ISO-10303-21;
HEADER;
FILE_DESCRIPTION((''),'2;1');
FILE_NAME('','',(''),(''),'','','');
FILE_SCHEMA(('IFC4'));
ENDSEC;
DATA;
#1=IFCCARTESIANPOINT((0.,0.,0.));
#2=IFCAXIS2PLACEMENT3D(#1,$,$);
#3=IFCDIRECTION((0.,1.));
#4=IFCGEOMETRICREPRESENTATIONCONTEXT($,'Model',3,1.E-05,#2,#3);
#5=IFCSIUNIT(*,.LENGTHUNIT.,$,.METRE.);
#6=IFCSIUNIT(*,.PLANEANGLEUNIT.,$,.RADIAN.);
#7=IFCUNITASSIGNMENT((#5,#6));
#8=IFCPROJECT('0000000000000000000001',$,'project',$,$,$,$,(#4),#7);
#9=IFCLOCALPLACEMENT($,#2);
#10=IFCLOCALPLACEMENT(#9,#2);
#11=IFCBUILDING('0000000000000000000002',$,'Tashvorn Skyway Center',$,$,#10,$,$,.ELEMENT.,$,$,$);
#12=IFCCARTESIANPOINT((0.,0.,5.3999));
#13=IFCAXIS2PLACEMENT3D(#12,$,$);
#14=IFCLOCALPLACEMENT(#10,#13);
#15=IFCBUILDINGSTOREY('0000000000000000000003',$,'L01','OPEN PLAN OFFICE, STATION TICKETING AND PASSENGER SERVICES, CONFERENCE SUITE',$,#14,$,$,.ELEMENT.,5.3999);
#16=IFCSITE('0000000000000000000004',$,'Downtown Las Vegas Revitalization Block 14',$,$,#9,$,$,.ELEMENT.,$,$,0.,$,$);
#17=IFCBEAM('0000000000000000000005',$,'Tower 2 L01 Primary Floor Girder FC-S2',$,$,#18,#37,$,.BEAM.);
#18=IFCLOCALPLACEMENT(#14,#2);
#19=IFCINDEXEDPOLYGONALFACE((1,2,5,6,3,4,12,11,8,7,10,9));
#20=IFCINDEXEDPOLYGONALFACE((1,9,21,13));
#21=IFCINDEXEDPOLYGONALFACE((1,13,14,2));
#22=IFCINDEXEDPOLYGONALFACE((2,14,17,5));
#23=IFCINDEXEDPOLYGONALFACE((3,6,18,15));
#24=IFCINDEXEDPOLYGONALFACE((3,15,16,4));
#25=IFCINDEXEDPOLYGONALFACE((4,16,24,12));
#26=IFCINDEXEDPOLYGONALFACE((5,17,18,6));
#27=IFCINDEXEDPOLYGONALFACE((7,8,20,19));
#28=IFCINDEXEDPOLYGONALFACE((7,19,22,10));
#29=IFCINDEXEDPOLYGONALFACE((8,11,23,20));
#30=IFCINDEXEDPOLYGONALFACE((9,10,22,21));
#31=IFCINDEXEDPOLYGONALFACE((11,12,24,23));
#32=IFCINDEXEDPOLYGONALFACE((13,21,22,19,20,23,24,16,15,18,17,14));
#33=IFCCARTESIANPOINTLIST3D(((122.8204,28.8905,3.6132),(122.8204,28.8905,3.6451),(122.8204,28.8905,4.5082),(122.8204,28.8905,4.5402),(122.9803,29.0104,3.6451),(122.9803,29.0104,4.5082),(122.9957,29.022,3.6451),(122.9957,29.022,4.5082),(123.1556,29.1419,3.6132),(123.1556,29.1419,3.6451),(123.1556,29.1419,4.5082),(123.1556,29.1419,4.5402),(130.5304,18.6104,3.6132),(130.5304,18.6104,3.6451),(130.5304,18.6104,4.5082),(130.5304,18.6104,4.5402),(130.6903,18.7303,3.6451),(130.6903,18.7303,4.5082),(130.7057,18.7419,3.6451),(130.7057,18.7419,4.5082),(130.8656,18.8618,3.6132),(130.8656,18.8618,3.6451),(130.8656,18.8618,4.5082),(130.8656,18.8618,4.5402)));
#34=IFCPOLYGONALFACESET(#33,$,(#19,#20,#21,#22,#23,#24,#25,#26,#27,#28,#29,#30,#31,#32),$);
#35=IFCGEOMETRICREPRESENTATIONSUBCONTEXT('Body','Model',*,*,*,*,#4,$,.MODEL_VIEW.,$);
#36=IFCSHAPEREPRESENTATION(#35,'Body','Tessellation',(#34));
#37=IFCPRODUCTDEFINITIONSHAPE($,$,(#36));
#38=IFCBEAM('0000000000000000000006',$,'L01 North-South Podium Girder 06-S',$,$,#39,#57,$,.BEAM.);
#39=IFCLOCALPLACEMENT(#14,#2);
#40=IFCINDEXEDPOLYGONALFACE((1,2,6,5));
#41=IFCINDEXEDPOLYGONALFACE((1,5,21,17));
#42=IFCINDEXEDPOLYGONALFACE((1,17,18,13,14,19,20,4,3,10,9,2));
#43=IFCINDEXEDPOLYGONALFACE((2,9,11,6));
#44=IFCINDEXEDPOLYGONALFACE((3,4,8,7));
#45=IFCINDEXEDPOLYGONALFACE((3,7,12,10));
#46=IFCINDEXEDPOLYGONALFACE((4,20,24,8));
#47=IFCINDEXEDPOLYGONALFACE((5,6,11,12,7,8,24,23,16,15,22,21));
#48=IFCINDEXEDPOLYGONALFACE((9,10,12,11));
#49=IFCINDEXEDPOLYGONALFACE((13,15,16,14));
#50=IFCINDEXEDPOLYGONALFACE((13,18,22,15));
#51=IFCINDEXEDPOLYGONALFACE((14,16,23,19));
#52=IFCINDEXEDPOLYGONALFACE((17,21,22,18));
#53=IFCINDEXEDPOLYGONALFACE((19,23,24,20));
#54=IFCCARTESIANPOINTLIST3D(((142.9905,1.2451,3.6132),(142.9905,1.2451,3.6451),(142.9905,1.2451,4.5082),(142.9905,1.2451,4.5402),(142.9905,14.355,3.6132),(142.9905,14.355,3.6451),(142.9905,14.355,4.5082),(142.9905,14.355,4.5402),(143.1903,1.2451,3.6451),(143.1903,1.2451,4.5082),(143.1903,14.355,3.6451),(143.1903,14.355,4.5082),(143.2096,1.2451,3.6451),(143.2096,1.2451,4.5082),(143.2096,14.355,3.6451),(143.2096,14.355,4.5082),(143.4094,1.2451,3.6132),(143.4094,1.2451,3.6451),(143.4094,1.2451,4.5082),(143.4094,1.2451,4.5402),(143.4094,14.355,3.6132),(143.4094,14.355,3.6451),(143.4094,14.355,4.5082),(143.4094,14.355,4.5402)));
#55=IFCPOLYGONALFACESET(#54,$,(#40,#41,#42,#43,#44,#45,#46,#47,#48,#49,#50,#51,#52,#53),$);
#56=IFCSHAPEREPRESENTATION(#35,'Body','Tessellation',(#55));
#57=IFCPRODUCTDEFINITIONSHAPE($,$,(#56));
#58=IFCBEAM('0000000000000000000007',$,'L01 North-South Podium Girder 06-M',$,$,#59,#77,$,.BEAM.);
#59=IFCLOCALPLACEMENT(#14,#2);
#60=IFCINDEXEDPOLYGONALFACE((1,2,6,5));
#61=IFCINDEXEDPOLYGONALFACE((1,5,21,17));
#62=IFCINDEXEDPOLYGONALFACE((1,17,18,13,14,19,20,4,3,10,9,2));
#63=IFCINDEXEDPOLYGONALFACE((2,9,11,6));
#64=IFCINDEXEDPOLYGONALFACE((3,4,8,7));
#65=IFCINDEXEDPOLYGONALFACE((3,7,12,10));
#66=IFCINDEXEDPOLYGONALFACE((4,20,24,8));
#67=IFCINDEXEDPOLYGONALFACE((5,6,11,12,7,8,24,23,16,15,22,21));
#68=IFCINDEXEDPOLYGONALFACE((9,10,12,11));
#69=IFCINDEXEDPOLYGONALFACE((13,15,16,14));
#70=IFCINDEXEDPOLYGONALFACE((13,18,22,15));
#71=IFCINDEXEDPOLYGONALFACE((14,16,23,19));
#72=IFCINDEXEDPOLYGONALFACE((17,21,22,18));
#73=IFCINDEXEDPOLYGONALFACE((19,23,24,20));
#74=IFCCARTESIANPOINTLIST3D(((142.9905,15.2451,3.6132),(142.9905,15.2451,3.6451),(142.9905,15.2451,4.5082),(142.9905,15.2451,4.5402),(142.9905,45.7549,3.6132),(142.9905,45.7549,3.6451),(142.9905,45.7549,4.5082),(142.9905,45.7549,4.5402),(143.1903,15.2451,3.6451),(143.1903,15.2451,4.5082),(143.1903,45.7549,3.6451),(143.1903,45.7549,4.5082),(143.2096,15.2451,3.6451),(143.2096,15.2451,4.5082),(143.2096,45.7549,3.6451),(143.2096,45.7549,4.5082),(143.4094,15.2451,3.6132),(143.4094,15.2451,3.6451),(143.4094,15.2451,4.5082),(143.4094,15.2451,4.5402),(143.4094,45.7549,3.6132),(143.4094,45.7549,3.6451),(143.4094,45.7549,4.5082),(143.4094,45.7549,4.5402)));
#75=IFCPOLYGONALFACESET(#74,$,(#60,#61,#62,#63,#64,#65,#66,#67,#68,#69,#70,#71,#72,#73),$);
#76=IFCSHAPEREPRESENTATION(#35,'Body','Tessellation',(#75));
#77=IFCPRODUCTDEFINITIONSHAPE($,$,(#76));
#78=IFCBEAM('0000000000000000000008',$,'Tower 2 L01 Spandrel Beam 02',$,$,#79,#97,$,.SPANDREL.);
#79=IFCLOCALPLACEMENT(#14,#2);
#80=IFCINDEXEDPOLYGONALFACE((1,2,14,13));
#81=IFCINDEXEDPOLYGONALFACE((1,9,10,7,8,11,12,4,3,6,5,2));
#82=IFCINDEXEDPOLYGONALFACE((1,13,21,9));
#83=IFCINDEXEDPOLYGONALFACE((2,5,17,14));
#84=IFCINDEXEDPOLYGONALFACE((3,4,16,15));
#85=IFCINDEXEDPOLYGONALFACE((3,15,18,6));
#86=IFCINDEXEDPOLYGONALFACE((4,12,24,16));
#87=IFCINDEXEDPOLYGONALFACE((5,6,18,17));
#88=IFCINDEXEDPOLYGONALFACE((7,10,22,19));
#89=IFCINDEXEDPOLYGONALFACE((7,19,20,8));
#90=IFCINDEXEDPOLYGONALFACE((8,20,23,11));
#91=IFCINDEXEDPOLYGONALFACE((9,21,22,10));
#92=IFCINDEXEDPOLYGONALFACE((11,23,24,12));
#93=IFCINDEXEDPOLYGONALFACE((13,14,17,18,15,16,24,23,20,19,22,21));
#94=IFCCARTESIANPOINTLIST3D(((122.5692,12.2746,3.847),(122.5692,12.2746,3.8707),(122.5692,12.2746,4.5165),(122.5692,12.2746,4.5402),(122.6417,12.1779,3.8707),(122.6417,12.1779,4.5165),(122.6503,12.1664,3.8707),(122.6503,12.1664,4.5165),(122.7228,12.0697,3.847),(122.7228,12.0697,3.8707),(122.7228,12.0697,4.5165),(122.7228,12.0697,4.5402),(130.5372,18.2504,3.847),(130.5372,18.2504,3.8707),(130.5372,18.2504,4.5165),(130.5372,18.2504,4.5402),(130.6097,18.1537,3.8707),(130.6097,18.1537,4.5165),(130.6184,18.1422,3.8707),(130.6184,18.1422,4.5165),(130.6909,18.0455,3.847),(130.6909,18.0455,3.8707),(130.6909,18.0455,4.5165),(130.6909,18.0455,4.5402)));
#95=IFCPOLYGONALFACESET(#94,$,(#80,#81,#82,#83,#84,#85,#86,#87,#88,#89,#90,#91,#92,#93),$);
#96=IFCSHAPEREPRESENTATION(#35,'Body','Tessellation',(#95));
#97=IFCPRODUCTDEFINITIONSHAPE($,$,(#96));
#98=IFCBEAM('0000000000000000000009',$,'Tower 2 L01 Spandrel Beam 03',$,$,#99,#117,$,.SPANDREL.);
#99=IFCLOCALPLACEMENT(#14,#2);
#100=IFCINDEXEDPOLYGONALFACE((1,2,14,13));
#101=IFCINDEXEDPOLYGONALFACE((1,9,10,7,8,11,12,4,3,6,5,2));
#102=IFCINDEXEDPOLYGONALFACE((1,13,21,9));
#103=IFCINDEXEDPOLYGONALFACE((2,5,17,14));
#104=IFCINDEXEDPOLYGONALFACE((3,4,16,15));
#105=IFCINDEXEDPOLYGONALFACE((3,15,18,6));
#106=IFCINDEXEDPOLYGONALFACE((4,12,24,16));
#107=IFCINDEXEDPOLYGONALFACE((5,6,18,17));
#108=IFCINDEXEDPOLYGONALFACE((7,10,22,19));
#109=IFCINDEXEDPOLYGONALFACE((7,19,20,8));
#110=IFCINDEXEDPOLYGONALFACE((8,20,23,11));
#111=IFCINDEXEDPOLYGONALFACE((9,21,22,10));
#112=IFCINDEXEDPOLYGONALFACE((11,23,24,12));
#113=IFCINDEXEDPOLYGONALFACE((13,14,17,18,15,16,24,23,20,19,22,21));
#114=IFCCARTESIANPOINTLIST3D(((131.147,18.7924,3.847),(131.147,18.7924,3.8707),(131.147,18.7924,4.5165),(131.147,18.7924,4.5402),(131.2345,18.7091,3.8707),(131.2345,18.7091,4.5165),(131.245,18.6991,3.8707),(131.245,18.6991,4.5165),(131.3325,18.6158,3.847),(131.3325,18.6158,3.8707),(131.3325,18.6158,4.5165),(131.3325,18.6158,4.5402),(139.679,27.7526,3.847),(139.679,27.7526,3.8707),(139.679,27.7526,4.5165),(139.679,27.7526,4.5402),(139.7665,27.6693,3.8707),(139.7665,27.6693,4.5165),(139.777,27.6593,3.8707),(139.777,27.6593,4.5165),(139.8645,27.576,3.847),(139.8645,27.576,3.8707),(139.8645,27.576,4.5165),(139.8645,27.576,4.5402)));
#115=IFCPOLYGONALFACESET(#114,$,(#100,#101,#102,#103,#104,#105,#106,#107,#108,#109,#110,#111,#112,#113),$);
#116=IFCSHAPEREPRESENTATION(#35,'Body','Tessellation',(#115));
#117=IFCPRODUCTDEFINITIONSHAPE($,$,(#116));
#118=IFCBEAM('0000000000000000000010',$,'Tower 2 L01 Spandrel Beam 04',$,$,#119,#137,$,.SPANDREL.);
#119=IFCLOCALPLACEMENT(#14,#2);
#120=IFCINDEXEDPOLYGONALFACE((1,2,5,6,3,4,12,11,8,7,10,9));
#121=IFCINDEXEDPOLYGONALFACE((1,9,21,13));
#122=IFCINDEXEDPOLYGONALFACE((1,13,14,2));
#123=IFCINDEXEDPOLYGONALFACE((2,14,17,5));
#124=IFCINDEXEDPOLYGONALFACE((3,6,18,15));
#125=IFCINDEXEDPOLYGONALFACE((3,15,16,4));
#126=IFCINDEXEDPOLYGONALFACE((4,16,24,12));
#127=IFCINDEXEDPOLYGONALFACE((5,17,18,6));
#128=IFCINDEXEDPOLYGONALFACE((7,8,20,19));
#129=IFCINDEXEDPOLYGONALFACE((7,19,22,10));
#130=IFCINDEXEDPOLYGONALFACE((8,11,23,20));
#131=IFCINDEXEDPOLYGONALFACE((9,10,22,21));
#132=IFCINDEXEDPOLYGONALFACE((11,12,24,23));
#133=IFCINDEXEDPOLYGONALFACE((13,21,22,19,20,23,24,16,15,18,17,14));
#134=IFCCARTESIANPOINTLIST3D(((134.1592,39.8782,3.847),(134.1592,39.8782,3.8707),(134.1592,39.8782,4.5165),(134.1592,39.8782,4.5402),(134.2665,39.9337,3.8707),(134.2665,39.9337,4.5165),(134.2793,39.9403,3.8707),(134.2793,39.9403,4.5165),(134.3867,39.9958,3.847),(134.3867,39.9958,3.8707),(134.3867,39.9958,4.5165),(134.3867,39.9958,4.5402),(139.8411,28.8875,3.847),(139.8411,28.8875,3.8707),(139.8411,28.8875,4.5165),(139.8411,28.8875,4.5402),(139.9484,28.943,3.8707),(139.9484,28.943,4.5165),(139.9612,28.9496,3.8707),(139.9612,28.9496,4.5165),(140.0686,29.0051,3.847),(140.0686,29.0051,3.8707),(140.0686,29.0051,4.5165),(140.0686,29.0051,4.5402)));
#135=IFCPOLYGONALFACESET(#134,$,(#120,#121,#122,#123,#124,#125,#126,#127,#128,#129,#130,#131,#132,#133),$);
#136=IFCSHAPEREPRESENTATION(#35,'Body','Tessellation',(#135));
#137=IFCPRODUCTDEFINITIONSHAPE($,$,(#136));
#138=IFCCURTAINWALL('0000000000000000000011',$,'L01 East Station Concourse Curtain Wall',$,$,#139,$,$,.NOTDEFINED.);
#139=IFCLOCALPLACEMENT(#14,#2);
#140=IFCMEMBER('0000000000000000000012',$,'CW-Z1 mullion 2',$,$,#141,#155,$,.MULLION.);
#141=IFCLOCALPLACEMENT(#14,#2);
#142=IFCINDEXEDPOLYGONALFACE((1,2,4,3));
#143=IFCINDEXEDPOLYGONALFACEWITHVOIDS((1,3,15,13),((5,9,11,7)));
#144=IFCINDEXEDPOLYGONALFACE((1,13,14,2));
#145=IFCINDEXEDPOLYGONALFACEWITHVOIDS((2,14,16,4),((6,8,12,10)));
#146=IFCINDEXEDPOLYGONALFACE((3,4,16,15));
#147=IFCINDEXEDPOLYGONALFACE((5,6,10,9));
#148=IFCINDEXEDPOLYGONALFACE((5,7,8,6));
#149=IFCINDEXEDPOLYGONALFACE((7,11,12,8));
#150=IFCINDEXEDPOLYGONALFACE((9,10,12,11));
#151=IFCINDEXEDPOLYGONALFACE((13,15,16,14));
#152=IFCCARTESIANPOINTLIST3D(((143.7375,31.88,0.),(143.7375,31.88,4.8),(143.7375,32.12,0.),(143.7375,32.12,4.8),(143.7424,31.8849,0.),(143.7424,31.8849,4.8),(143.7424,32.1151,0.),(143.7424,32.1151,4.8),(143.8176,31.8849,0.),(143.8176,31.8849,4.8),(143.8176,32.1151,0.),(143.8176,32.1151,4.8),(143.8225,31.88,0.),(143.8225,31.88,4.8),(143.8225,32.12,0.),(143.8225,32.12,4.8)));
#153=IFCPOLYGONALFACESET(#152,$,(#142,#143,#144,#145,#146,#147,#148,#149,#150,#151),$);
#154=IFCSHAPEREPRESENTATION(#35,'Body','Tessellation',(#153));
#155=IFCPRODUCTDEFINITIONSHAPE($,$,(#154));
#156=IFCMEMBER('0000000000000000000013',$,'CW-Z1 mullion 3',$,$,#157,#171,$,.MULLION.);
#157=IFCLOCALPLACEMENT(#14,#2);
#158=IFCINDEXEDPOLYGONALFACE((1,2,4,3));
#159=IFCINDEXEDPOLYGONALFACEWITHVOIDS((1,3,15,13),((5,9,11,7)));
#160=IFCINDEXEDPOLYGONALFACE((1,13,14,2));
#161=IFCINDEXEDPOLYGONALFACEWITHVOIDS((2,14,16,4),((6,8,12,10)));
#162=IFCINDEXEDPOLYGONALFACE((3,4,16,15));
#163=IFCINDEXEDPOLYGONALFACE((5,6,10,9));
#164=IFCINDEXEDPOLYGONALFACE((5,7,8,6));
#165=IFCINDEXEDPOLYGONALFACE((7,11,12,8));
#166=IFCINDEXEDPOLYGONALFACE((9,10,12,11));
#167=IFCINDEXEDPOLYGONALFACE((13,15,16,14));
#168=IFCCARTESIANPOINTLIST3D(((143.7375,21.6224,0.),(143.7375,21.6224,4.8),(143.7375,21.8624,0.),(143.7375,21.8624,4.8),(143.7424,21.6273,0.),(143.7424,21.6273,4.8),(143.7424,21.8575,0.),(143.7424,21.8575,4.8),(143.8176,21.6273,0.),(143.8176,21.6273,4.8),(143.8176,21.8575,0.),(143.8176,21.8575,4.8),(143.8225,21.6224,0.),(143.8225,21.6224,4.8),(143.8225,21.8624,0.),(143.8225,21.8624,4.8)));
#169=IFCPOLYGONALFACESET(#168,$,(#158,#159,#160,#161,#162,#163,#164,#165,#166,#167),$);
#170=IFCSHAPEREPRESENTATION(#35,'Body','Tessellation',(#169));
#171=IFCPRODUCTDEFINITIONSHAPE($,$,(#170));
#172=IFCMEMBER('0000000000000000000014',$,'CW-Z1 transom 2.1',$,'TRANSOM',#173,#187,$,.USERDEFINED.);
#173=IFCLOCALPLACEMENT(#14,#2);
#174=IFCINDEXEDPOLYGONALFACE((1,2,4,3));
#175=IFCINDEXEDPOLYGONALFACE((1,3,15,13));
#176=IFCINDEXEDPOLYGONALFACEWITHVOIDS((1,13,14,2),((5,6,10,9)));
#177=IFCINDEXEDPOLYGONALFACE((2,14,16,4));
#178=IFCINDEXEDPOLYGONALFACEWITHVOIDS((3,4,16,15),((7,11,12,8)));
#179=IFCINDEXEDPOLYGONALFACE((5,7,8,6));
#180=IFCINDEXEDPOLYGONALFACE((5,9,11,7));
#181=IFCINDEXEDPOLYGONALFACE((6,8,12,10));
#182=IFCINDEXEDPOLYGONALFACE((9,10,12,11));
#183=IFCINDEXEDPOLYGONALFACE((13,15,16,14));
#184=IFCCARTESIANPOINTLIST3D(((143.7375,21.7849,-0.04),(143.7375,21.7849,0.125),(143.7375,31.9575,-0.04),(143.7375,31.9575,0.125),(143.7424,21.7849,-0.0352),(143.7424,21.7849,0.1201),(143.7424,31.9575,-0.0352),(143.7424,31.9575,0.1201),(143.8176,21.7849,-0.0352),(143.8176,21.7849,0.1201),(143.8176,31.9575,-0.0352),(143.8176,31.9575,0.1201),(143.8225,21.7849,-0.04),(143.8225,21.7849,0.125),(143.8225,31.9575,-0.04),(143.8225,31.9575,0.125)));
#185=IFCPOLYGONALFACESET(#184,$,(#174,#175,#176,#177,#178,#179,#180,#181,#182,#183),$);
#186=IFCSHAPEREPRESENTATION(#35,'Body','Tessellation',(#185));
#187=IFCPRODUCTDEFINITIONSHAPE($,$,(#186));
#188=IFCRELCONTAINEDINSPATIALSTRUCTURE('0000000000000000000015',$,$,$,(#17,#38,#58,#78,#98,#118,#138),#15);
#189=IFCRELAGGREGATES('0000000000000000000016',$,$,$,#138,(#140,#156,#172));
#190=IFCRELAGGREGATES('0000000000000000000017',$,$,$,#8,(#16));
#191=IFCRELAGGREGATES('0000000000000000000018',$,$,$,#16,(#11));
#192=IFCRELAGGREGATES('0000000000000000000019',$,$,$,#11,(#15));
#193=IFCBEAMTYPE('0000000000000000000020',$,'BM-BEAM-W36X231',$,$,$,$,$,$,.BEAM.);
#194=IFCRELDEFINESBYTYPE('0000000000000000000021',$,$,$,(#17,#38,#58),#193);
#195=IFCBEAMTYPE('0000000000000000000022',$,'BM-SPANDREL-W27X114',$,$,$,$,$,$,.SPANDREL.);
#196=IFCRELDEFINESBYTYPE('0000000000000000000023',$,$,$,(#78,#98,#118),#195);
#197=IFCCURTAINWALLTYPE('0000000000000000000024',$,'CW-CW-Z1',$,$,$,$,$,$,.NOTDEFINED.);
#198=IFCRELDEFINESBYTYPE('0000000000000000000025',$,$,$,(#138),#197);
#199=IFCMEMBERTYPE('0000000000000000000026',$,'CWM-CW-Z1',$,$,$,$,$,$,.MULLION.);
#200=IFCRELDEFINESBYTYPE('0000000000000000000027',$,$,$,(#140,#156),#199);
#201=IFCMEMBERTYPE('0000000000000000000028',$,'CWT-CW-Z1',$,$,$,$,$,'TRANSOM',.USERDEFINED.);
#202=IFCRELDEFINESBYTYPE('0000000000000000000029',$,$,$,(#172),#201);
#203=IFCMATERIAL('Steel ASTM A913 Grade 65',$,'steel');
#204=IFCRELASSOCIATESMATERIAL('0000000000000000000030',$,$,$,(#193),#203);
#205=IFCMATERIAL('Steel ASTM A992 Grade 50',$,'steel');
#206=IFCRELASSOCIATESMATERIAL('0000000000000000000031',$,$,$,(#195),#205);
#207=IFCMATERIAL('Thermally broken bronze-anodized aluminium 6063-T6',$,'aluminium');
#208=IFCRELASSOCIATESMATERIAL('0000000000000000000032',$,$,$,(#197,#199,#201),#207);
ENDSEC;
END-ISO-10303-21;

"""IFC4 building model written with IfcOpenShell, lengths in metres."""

from ifc_helpers import new_model, si_unit, direction, frame, origin, origin_2d, place, context, subcontext, project, spatial, hollow_rectangle, i_section, extrude, material, material_profile, profile_set, type_object, element, aggregate, save


model = new_model("IFC4")

# Units and contexts
model_context = context("Model", 3, precision=1e-05, world=origin(), true_north=direction((0.0, 1.0)))
body_context = subcontext(model_context, "Body", "Model", "MODEL_VIEW")
ifc_project = project(units=[si_unit("LENGTHUNIT", "METRE"), si_unit("PLANEANGLEUNIT", "RADIAN")], contexts=[model_context])

# Site, building, storey
site_placement = place(None, origin())
site = spatial("IfcSite", under=ifc_project, at=site_placement, Name="Downtown Las Vegas Revitalization Block 14", CompositionType="ELEMENT", RefElevation=0.0)
building_placement = place(site_placement, origin())
building = spatial("IfcBuilding", under=site, at=building_placement, Name="Tashvorn Skyway Center", CompositionType="ELEMENT")
storey_placement = place(building_placement, frame((0.0, 0.0, 5.3999)))
storey = spatial("IfcBuildingStorey", under=building, at=storey_placement, Name="L01", Description="OPEN PLAN OFFICE, STATION TICKETING AND PASSENGER SERVICES, CONFERENCE SUITE", CompositionType="ELEMENT", Elevation=5.3999)

# Beams
ifc_material_1 = material(Name="Steel ASTM A913 Grade 65", Category="steel")
ifc_material_profile_1 = material_profile(ifc_material_1, i_section(OverallWidth=0.4189, OverallDepth=0.927, WebThickness=0.0193, FlangeThickness=0.032, at=origin_2d()), Name="W36X231")
ifc_profile_set_1 = profile_set([ifc_material_profile_1], Name="Steel ASTM A913 Grade 65")
beam_type_1 = type_object("IfcBeamType", Name="BM-BEAM-W36X231", PredefinedType="BEAM", material=ifc_profile_set_1)
beam_1_placement = place(storey_placement, frame((130.698, 18.7361, 4.0767), z_axis=(-0.599997, 0.800002, 0.0), x_axis=(-0.800002, -0.599997, 0.0)))
element("IfcBeam", 1, at=beam_1_placement, inside=storey, type_object=beam_type_1, Name="Tower 2 L01 Primary Floor Girder FC-S2", PredefinedType="BEAM", context=body_context, shape_type="SweptSolid", body=[
    extrude(i_section(OverallWidth=0.4189, OverallDepth=0.927, WebThickness=0.0193, FlangeThickness=0.032, at=origin_2d()), origin(), (0.0, 0.0, 1.0), 12.8501),
])
beam_2_placement = place(storey_placement, frame((143.2, 1.2451, 4.0767), z_axis=(0.0, 1.0, 0.0), x_axis=(-1.0, 0.0, 0.0)))
element("IfcBeam", 2, at=beam_2_placement, inside=storey, type_object=beam_type_1, Name="L01 North-South Podium Girder 06-S", PredefinedType="BEAM", context=body_context, shape_type="SweptSolid", body=[
    extrude(i_section(OverallWidth=0.4189, OverallDepth=0.927, WebThickness=0.0193, FlangeThickness=0.032, at=origin_2d()), origin(), (0.0, 0.0, 1.0), 13.1099),
])
beam_3_placement = place(storey_placement, frame((143.2, 15.2451, 4.0767), z_axis=(0.0, 1.0, 0.0), x_axis=(-1.0, 0.0, 0.0)))
element("IfcBeam", 3, at=beam_3_placement, inside=storey, type_object=beam_type_1, Name="L01 North-South Podium Girder 06-M", PredefinedType="BEAM", context=body_context, shape_type="SweptSolid", body=[
    extrude(i_section(OverallWidth=0.4189, OverallDepth=0.927, WebThickness=0.0193, FlangeThickness=0.032, at=origin_2d()), origin(), (0.0, 0.0, 1.0), 30.5098),
])
ifc_material_2 = material(Name="Steel ASTM A992 Grade 50", Category="steel")
ifc_material_profile_2 = material_profile(ifc_material_2, i_section(OverallWidth=0.2561, OverallDepth=0.6931, WebThickness=0.0144, FlangeThickness=0.0237, at=origin_2d()), Name="W27X114")
ifc_profile_set_2 = profile_set([ifc_material_profile_2], Name="Steel ASTM A992 Grade 50")
beam_type_2 = type_object("IfcBeamType", Name="BM-SPANDREL-W27X114", PredefinedType="SPANDREL", material=ifc_profile_set_2)
beam_4_placement = place(storey_placement, frame((122.646, 12.1721, 4.1936), z_axis=(0.800009, 0.599988, 0.0), x_axis=(-0.599988, 0.800009, 0.0)))
element("IfcBeam", 4, at=beam_4_placement, inside=storey, type_object=beam_type_2, Name="Tower 2 L01 Spandrel Beam 02", PredefinedType="SPANDREL", context=body_context, shape_type="SweptSolid", body=[
    extrude(i_section(OverallWidth=0.2561, OverallDepth=0.6931, WebThickness=0.0144, FlangeThickness=0.0237, at=origin_2d()), origin(), (0.0, 0.0, 1.0), 9.96),
])
for number, where, z_axis, x_axis, name in (
    (5, (131.2397, 18.7041, 4.1936), (0.68959, 0.7242, 0.0), (-0.7242, 0.68959, 0.0), "Tower 2 L01 Spandrel Beam 03"),
    (6, (139.9548, 28.9463, 4.1936), (-0.459233, 0.888316, 0.0), (-0.888316, -0.459233, 0.0), "Tower 2 L01 Spandrel Beam 04"),
):
    element("IfcBeam", number, at=place(storey_placement, frame(where, z_axis=z_axis, x_axis=x_axis)), inside=storey, type_object=beam_type_2, Name=name, PredefinedType="SPANDREL", context=body_context, shape_type="SweptSolid", body=[
        extrude(i_section(OverallWidth=0.2561, OverallDepth=0.6931, WebThickness=0.0144, FlangeThickness=0.0237, at=origin_2d()), origin(), (0.0, 0.0, 1.0), 12.3726),
    ])

# Curtain wall, members
ifc_material_3 = material(Name="Thermally broken bronze-anodized aluminium 6063-T6", Category="aluminium")
curtain_wall_type = type_object("IfcCurtainWallType", Name="CW-CW-Z1", PredefinedType="NOTDEFINED", material=ifc_material_3)
curtain_wall_placement = place(storey_placement, origin())
curtain_wall = element("IfcCurtainWall", 7, at=curtain_wall_placement, inside=storey, type_object=curtain_wall_type, Name="L01 East Station Concourse Curtain Wall", PredefinedType="NOTDEFINED")
ifc_material_profile_3 = material_profile(ifc_material_3, hollow_rectangle(XDim=0.085, YDim=0.24, WallThickness=0.0049, at=origin_2d()), Name="ALU-MULL-85x240")
ifc_profile_set_3 = profile_set([ifc_material_profile_3], Name="Thermally broken bronze-anodized aluminium 6063-T6")
member_type_1 = type_object("IfcMemberType", Name="CWM-CW-Z1", PredefinedType="MULLION", material=ifc_profile_set_3)
member_1_placement = place(storey_placement, frame((143.78, 32.0, 0.0), z_axis=(0.0, 0.0, 1.0), x_axis=(1.0, 0.0, 0.0)))
member_1 = element("IfcMember", 8, at=member_1_placement, type_object=member_type_1, Name="CW-Z1 mullion 2", PredefinedType="MULLION", context=body_context, shape_type="SweptSolid", body=[
    extrude(hollow_rectangle(XDim=0.085, YDim=0.24, WallThickness=0.0049, at=origin_2d()), origin(), (0.0, 0.0, 1.0), 4.8),
])
member_2_placement = place(storey_placement, frame((143.78, 21.7424, 0.0), z_axis=(0.0, 0.0, 1.0), x_axis=(1.0, 0.0, 0.0)))
member_2 = element("IfcMember", 9, at=member_2_placement, type_object=member_type_1, Name="CW-Z1 mullion 3", PredefinedType="MULLION", context=body_context, shape_type="SweptSolid", body=[
    extrude(hollow_rectangle(XDim=0.085, YDim=0.24, WallThickness=0.0049, at=origin_2d()), origin(), (0.0, 0.0, 1.0), 4.8),
])
ifc_material_profile_4 = material_profile(ifc_material_3, hollow_rectangle(XDim=0.085, YDim=0.165, WallThickness=0.0049, at=origin_2d()), Name="ALU-TRAN-85x165")
ifc_profile_set_4 = profile_set([ifc_material_profile_4], Name="Thermally broken bronze-anodized aluminium 6063-T6")
member_type_2 = type_object("IfcMemberType", Name="CWT-CW-Z1", ElementType="TRANSOM", PredefinedType="USERDEFINED", material=ifc_profile_set_4)
member_3_placement = place(storey_placement, frame((143.78, 31.9575, 0.0425), z_axis=(0.0, -1.0, 0.0), x_axis=(1.0, 0.0, 0.0)))
member_3 = element("IfcMember", 10, at=member_3_placement, type_object=member_type_2, Name="CW-Z1 transom 2.1", ObjectType="TRANSOM", PredefinedType="USERDEFINED", context=body_context, shape_type="SweptSolid", body=[
    extrude(hollow_rectangle(XDim=0.085, YDim=0.165, WallThickness=0.0049, at=origin_2d()), origin(), (0.0, 0.0, 1.0), 10.1726),
])
aggregate(curtain_wall, [member_1, member_2, member_3])

save(model, "model.ifc")
